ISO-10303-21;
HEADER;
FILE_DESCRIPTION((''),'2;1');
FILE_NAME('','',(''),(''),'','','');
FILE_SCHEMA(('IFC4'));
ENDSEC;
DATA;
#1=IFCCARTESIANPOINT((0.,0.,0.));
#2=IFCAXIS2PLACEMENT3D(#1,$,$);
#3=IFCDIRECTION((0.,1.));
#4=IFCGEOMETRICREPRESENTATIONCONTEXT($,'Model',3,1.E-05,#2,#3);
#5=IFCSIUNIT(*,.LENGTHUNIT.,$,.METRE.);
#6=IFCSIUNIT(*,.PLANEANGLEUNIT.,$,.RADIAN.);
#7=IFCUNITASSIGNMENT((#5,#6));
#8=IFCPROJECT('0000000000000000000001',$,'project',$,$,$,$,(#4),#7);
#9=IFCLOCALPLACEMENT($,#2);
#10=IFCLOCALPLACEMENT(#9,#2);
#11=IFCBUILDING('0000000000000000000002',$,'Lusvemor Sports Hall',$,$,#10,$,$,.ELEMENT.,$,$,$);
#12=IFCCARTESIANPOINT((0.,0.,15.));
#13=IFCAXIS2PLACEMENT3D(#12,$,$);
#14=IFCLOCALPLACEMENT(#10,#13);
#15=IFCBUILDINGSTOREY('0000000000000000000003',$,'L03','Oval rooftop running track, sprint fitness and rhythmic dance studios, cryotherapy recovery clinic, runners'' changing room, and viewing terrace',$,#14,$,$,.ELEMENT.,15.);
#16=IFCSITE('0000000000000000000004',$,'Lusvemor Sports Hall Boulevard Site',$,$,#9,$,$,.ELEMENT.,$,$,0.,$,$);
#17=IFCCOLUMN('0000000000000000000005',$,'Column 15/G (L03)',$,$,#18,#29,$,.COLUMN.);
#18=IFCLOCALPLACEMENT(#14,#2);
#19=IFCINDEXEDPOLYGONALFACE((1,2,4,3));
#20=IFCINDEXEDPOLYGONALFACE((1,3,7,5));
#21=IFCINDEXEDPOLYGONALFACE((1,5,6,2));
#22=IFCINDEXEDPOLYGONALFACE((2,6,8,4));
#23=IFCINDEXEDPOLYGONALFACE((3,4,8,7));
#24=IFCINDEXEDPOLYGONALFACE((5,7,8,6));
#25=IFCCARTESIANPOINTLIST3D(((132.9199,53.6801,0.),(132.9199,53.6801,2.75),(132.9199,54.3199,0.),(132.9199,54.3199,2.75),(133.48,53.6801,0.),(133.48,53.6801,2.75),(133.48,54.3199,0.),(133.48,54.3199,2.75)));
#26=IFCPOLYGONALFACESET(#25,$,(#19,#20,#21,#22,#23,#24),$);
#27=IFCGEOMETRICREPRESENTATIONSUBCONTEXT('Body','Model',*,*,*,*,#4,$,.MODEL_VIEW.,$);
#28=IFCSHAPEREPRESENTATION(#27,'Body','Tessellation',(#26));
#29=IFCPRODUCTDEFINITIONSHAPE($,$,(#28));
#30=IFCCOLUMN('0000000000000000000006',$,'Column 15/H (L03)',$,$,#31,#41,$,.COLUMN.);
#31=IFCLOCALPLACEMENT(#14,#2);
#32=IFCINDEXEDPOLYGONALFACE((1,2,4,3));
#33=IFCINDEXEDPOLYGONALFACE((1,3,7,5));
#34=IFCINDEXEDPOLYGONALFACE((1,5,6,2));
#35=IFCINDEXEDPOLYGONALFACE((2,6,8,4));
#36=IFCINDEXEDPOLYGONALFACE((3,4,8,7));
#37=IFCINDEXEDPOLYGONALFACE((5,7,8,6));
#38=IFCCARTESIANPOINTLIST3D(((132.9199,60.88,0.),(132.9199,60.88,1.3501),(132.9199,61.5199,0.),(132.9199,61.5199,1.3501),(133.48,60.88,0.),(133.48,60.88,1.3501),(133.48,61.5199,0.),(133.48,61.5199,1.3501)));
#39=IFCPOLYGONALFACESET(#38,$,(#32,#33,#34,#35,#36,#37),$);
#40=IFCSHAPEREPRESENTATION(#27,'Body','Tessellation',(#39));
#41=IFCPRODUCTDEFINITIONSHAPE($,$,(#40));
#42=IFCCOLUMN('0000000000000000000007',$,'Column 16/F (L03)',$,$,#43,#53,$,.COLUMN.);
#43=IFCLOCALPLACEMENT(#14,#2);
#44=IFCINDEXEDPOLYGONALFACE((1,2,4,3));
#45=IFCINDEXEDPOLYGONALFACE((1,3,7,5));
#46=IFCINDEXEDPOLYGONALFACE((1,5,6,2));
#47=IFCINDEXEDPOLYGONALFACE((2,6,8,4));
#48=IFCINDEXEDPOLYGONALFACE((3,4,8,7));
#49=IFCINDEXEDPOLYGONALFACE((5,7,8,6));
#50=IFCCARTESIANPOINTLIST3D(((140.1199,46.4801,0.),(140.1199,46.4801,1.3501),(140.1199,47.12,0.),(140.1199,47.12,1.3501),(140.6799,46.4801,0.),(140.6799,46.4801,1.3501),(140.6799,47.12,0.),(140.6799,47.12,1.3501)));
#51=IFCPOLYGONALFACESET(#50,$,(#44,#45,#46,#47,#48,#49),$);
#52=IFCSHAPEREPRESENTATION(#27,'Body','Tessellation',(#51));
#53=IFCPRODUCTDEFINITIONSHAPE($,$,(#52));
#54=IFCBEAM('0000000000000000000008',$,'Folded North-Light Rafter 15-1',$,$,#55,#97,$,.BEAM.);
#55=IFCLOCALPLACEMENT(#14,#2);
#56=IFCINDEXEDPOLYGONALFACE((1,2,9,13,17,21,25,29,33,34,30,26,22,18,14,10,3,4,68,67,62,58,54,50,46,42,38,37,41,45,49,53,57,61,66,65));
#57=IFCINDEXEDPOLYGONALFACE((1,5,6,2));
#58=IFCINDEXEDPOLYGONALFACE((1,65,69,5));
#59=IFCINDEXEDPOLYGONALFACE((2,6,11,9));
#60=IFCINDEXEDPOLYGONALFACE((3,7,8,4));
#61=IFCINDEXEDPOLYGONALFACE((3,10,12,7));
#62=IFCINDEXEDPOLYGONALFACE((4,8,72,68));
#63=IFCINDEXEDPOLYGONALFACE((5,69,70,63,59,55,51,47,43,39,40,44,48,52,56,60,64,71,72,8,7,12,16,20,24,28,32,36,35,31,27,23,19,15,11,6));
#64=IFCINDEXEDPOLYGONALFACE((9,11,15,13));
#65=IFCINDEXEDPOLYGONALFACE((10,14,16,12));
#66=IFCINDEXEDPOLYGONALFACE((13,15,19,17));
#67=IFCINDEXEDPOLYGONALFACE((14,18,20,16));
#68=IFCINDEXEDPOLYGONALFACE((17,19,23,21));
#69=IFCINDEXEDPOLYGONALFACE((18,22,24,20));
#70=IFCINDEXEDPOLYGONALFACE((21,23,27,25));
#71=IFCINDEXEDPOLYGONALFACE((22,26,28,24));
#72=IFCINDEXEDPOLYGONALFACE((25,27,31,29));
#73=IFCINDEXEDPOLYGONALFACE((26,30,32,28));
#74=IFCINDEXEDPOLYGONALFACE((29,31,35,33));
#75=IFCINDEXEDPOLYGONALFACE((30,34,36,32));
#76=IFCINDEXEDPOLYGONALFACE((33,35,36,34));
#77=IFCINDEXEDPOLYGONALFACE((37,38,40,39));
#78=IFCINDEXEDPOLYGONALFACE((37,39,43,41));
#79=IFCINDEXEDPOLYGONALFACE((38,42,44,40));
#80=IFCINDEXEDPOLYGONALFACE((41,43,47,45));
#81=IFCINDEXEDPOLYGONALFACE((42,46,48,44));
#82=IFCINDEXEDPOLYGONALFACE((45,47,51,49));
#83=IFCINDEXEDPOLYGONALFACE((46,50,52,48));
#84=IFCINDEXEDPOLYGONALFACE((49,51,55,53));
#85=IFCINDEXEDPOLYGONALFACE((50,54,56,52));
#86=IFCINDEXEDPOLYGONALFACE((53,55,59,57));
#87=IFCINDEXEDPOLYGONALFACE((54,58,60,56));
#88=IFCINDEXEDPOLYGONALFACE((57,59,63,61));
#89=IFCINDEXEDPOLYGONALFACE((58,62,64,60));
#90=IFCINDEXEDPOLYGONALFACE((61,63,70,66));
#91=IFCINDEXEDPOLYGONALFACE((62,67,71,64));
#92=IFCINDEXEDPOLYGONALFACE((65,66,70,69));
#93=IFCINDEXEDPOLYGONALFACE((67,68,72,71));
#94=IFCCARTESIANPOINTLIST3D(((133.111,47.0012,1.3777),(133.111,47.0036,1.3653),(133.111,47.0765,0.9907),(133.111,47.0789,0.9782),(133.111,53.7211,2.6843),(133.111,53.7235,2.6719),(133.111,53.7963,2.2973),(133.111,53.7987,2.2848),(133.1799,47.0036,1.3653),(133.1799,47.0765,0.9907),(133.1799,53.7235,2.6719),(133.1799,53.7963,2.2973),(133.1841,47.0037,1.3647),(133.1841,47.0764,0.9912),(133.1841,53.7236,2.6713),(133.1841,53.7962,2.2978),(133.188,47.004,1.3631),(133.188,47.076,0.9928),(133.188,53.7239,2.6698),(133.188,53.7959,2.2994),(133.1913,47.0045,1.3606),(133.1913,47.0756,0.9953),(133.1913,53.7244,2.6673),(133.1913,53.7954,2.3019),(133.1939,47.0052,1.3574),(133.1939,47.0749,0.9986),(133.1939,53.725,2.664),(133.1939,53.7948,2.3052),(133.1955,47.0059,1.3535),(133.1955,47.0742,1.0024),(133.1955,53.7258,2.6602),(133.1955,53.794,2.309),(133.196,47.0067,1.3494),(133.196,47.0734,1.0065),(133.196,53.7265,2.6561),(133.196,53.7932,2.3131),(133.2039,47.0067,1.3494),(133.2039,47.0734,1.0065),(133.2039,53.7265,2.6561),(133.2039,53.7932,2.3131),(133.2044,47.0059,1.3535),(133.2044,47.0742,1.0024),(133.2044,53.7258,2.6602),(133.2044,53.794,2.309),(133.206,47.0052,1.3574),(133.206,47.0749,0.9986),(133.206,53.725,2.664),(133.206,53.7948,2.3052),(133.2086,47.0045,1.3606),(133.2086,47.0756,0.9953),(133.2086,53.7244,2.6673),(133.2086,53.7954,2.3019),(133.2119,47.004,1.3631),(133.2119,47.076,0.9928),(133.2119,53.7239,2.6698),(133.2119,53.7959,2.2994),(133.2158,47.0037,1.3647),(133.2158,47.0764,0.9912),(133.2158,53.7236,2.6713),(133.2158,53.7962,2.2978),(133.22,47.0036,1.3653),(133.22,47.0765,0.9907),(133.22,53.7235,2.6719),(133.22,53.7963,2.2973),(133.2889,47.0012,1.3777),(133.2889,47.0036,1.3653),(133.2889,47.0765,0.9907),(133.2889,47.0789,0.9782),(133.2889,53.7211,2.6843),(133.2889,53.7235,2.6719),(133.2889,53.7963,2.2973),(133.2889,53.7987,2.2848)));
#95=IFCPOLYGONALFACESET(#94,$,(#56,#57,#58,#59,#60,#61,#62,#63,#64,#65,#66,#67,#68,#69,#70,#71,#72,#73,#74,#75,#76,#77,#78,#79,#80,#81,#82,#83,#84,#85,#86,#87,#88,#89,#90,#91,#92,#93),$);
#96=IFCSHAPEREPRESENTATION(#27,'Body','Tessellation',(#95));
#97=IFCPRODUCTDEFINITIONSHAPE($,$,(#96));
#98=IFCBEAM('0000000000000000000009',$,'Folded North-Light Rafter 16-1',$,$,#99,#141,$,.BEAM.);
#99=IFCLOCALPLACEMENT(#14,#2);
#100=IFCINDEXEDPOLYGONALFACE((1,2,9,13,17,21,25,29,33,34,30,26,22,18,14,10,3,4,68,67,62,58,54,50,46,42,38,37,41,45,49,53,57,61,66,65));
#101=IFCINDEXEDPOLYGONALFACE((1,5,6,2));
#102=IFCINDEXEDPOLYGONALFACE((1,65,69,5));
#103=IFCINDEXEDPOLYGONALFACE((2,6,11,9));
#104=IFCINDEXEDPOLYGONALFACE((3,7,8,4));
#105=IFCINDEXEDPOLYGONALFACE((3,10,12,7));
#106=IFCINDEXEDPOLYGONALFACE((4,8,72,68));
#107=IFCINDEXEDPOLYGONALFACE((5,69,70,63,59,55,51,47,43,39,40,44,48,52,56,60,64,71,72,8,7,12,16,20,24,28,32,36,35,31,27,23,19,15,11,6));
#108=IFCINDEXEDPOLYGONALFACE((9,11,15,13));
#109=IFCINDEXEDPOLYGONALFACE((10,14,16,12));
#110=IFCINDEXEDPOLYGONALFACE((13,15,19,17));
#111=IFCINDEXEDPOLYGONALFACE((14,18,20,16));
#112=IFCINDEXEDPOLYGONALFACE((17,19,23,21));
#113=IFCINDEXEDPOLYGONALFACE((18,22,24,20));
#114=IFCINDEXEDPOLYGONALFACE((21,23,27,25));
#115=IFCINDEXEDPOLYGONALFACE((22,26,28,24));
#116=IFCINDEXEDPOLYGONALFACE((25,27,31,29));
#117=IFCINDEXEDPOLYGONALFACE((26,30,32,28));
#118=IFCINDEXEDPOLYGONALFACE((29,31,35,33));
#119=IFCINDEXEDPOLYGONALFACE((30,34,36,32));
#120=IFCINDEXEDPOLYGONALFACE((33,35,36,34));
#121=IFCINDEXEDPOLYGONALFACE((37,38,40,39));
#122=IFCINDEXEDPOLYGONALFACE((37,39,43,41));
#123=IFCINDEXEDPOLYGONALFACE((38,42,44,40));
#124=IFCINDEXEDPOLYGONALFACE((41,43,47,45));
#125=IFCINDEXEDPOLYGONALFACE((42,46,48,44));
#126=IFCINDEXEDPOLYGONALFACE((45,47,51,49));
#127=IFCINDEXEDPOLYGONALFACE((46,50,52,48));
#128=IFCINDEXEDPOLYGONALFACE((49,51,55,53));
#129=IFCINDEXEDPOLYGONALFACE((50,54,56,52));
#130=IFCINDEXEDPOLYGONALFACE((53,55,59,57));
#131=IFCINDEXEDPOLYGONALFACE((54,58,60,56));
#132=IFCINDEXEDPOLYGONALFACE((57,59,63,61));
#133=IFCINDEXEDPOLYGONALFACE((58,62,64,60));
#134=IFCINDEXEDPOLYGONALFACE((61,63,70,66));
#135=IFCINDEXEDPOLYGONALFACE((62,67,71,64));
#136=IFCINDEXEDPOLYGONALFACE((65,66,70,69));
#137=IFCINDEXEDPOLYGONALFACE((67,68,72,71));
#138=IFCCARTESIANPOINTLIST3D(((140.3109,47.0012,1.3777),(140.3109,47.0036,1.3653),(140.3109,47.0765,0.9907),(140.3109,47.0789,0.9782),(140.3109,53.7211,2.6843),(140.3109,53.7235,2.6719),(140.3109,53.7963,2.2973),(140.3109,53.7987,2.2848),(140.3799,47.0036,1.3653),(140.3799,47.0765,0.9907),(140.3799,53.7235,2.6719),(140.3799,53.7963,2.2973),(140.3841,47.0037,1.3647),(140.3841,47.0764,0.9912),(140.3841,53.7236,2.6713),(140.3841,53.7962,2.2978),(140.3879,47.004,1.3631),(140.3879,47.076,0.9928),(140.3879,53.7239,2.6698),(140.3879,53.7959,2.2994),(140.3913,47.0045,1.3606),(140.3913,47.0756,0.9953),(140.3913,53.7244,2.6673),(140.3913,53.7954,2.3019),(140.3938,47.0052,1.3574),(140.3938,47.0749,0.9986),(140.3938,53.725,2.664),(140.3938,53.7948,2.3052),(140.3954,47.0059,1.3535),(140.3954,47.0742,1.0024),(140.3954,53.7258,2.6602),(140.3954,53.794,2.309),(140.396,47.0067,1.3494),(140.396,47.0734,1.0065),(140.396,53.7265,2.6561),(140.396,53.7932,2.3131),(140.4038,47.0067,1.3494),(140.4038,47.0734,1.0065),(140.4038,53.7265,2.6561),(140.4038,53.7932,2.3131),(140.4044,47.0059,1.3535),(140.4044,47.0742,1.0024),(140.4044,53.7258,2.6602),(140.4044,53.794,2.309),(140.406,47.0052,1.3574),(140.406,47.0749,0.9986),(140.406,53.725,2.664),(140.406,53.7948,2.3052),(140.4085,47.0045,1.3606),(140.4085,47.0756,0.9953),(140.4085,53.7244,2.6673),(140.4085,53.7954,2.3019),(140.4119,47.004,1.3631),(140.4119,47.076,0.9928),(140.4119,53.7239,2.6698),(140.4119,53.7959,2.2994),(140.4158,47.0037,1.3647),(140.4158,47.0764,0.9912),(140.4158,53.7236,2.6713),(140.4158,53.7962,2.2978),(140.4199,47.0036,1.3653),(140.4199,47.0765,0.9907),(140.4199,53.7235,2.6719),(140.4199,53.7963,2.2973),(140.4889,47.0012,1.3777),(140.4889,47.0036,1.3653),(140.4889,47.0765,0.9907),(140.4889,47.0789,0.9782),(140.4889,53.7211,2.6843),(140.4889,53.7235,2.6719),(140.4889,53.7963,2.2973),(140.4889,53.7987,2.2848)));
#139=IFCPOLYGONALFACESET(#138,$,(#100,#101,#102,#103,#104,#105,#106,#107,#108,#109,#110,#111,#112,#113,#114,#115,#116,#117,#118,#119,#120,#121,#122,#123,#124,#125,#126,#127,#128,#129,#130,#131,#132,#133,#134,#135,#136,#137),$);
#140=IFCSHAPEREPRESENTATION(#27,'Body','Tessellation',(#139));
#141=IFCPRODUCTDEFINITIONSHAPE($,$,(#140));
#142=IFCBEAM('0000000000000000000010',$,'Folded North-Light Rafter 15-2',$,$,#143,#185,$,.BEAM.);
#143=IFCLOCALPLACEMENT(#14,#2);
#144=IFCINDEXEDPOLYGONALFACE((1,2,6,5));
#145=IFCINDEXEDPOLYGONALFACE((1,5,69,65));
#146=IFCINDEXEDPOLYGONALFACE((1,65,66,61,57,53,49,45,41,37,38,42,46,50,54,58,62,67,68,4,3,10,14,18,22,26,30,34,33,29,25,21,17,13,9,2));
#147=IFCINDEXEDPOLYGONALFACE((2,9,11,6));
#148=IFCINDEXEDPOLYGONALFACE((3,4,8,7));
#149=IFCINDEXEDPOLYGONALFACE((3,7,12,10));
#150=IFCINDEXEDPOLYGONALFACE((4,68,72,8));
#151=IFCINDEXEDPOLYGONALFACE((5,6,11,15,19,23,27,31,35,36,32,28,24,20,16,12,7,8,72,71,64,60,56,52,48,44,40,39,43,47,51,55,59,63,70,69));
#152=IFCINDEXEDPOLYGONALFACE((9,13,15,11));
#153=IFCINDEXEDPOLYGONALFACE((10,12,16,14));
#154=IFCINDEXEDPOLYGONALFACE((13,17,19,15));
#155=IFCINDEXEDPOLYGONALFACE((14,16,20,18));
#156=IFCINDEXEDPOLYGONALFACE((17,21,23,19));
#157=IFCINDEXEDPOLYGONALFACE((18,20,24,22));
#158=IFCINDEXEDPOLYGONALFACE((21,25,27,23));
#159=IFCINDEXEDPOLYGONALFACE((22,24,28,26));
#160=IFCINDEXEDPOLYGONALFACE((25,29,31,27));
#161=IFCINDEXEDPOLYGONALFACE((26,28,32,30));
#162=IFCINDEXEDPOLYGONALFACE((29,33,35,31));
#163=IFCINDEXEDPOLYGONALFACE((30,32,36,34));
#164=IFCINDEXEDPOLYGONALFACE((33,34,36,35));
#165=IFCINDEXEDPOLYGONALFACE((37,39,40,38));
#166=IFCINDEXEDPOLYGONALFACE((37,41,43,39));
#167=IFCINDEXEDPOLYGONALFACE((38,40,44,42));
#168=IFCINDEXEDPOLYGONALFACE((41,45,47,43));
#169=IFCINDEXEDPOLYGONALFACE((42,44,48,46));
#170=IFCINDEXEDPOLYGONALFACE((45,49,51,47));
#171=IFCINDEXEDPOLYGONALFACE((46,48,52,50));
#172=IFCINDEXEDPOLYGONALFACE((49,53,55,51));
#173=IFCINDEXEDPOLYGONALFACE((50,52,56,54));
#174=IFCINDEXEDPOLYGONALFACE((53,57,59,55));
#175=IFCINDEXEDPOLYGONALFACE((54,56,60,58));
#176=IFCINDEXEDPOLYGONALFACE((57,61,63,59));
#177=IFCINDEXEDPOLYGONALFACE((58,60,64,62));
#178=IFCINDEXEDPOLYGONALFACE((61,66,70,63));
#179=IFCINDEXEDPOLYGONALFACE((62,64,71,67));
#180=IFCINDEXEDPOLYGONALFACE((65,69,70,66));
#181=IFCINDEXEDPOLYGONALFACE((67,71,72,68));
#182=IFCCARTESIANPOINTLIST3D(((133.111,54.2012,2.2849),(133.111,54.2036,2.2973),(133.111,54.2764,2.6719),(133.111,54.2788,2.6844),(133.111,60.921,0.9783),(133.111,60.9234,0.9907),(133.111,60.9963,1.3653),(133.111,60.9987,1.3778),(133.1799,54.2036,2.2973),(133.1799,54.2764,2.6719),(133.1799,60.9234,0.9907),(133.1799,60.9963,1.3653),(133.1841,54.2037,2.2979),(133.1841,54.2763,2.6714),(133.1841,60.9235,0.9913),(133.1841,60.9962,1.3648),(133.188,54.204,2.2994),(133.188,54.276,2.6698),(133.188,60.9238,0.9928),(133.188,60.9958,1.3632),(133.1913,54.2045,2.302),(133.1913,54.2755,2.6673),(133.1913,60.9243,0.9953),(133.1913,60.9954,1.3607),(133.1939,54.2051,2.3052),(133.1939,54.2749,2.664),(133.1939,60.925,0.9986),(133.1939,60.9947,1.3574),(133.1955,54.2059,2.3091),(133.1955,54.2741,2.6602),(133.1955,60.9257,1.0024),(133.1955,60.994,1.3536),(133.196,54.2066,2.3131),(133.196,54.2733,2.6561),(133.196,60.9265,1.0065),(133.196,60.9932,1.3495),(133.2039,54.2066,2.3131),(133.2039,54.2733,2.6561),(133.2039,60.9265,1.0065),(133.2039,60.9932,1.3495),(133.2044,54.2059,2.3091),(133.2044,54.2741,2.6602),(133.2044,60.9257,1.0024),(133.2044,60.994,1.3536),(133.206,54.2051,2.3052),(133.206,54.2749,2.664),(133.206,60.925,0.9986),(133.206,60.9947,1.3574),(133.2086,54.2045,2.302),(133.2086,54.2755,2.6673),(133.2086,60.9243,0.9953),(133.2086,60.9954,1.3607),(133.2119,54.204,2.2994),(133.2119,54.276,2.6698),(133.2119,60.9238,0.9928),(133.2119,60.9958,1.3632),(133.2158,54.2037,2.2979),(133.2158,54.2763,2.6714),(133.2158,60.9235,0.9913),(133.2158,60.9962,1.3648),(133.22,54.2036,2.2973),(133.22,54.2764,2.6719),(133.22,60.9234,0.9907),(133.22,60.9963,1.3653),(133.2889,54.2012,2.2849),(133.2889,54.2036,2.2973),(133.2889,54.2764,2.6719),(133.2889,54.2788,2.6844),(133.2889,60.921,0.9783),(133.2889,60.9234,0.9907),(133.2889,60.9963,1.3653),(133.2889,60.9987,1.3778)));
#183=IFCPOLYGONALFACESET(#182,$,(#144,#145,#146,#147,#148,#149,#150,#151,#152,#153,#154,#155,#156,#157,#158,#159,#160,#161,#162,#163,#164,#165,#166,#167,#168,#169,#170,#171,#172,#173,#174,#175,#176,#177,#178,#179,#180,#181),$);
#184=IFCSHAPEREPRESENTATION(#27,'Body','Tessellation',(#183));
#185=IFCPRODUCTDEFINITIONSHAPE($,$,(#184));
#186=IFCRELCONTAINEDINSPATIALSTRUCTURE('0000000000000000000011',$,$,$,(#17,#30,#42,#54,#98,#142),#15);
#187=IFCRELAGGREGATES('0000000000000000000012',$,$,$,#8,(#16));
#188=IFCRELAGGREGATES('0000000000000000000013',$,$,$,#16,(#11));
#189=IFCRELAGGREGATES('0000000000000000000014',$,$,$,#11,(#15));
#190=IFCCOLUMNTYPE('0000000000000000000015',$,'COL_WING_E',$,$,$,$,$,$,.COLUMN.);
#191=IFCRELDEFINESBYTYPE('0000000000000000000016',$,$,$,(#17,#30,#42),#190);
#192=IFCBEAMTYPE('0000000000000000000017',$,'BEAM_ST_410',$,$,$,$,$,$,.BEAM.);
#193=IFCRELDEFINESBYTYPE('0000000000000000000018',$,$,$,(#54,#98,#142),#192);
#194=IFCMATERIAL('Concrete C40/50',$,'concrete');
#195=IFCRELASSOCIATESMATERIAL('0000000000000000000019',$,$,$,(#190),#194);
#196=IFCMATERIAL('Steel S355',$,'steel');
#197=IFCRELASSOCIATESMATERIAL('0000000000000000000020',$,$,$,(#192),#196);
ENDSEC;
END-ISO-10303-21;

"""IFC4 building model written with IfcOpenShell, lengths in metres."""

from ifc_helpers import new_model, si_unit, direction, frame, origin, origin_2d, place, context, subcontext, project, spatial, rectangle, i_section, extrude, material, material_profile, profile_set, type_object, element, save


model = new_model("IFC4")

# Units and contexts
model_context = context("Model", 3, precision=1e-05, world=origin(), true_north=direction((0.0, 1.0)))
body_context = subcontext(model_context, "Body", "Model", "MODEL_VIEW")
ifc_project = project(units=[si_unit("LENGTHUNIT", "METRE"), si_unit("PLANEANGLEUNIT", "RADIAN")], contexts=[model_context])

# Site, building, storey
site_placement = place(None, origin())
site = spatial("IfcSite", under=ifc_project, at=site_placement, Name="Lusvemor Sports Hall Boulevard Site", CompositionType="ELEMENT", RefElevation=0.0)
building_placement = place(site_placement, origin())
building = spatial("IfcBuilding", under=site, at=building_placement, Name="Lusvemor Sports Hall", CompositionType="ELEMENT")
storey_placement = place(building_placement, frame((0.0, 0.0, 15.0)))
storey = spatial("IfcBuildingStorey", under=building, at=storey_placement, Name="L03", Description="Oval rooftop running track, sprint fitness and rhythmic dance studios, cryotherapy recovery clinic, runners' changing room, and viewing terrace", CompositionType="ELEMENT", Elevation=15.0)

# Columns
ifc_material_1 = material(Name="Concrete C40/50", Category="concrete")
ifc_material_profile_1 = material_profile(ifc_material_1, rectangle(XDim=0.5601, YDim=0.6399, at=origin_2d()), Name="RC560x640")
ifc_profile_set_1 = profile_set([ifc_material_profile_1], Name="Concrete C40/50")
column_type = type_object("IfcColumnType", Name="COL_WING_E", PredefinedType="COLUMN", material=ifc_profile_set_1)
column_placement = place(storey_placement, frame((133.2, 54.0, 0.0), z_axis=(0.0, 0.0, 1.0), x_axis=(1.0, 0.0, 0.0)))
element("IfcColumn", 1, at=column_placement, inside=storey, type_object=column_type, Name="Column 15/G (L03)", PredefinedType="COLUMN", context=body_context, shape_type="SweptSolid", body=[
    extrude(rectangle(XDim=0.5601, YDim=0.6399, at=origin_2d()), origin(), (0.0, 0.0, 1.0), 2.75),
])
for number, where, z_axis, x_axis, name in (
    (2, (133.2, 61.2, 0.0), (0.0, 0.0, 1.0), (1.0, 0.0, 0.0), "Column 15/H (L03)"),
    (3, (140.3999, 46.8, 0.0), (0.0, 0.0, 1.0), (1.0, 0.0, 0.0), "Column 16/F (L03)"),
):
    element("IfcColumn", number, at=place(storey_placement, frame(where, z_axis=z_axis, x_axis=x_axis)), inside=storey, type_object=column_type, Name=name, PredefinedType="COLUMN", context=body_context, shape_type="SweptSolid", body=[
        extrude(rectangle(XDim=0.5601, YDim=0.6399, at=origin_2d()), origin(), (0.0, 0.0, 1.0), 1.3501),
    ])

# Beams
ifc_material_2 = material(Name="Steel S355", Category="steel")
ifc_material_profile_2 = material_profile(ifc_material_2, i_section(OverallWidth=0.178, OverallDepth=0.407, WebThickness=0.0078, FlangeThickness=0.0127, FilletRadius=0.0161, at=origin_2d()), Name="W410x60.0")
ifc_profile_set_2 = profile_set([ifc_material_profile_2], Name="Steel S355")
beam_type_1 = type_object("IfcBeamType", Name="BEAM_ST_410", PredefinedType="BEAM", material=ifc_profile_set_2)
for number, where, z_axis, x_axis, name in (
    (4, (133.2, 47.04, 1.178), (0.0, 0.981616, 0.190867), (-1.0, 0.0, 0.0), "Folded North-Light Rafter 15-1"),
    (5, (140.3999, 47.04, 1.178), (0.0, 0.981616, 0.190867), (-1.0, 0.0, 0.0), "Folded North-Light Rafter 16-1"),
    (6, (133.2, 54.24, 2.4846), (0.0, 0.981616, -0.190867), (-1.0, 0.0, 0.0), "Folded North-Light Rafter 15-2"),
):
    element("IfcBeam", number, at=place(storey_placement, frame(where, z_axis=z_axis, x_axis=x_axis)), inside=storey, type_object=beam_type_1, Name=name, PredefinedType="BEAM", context=body_context, shape_type="SweptSolid", body=[
        extrude(i_section(OverallWidth=0.178, OverallDepth=0.407, WebThickness=0.0078, FlangeThickness=0.0127, FilletRadius=0.0161, at=origin_2d()), origin(), (0.0, 0.0, 1.0), 6.8457),
    ])

save(model, "model.ifc")
